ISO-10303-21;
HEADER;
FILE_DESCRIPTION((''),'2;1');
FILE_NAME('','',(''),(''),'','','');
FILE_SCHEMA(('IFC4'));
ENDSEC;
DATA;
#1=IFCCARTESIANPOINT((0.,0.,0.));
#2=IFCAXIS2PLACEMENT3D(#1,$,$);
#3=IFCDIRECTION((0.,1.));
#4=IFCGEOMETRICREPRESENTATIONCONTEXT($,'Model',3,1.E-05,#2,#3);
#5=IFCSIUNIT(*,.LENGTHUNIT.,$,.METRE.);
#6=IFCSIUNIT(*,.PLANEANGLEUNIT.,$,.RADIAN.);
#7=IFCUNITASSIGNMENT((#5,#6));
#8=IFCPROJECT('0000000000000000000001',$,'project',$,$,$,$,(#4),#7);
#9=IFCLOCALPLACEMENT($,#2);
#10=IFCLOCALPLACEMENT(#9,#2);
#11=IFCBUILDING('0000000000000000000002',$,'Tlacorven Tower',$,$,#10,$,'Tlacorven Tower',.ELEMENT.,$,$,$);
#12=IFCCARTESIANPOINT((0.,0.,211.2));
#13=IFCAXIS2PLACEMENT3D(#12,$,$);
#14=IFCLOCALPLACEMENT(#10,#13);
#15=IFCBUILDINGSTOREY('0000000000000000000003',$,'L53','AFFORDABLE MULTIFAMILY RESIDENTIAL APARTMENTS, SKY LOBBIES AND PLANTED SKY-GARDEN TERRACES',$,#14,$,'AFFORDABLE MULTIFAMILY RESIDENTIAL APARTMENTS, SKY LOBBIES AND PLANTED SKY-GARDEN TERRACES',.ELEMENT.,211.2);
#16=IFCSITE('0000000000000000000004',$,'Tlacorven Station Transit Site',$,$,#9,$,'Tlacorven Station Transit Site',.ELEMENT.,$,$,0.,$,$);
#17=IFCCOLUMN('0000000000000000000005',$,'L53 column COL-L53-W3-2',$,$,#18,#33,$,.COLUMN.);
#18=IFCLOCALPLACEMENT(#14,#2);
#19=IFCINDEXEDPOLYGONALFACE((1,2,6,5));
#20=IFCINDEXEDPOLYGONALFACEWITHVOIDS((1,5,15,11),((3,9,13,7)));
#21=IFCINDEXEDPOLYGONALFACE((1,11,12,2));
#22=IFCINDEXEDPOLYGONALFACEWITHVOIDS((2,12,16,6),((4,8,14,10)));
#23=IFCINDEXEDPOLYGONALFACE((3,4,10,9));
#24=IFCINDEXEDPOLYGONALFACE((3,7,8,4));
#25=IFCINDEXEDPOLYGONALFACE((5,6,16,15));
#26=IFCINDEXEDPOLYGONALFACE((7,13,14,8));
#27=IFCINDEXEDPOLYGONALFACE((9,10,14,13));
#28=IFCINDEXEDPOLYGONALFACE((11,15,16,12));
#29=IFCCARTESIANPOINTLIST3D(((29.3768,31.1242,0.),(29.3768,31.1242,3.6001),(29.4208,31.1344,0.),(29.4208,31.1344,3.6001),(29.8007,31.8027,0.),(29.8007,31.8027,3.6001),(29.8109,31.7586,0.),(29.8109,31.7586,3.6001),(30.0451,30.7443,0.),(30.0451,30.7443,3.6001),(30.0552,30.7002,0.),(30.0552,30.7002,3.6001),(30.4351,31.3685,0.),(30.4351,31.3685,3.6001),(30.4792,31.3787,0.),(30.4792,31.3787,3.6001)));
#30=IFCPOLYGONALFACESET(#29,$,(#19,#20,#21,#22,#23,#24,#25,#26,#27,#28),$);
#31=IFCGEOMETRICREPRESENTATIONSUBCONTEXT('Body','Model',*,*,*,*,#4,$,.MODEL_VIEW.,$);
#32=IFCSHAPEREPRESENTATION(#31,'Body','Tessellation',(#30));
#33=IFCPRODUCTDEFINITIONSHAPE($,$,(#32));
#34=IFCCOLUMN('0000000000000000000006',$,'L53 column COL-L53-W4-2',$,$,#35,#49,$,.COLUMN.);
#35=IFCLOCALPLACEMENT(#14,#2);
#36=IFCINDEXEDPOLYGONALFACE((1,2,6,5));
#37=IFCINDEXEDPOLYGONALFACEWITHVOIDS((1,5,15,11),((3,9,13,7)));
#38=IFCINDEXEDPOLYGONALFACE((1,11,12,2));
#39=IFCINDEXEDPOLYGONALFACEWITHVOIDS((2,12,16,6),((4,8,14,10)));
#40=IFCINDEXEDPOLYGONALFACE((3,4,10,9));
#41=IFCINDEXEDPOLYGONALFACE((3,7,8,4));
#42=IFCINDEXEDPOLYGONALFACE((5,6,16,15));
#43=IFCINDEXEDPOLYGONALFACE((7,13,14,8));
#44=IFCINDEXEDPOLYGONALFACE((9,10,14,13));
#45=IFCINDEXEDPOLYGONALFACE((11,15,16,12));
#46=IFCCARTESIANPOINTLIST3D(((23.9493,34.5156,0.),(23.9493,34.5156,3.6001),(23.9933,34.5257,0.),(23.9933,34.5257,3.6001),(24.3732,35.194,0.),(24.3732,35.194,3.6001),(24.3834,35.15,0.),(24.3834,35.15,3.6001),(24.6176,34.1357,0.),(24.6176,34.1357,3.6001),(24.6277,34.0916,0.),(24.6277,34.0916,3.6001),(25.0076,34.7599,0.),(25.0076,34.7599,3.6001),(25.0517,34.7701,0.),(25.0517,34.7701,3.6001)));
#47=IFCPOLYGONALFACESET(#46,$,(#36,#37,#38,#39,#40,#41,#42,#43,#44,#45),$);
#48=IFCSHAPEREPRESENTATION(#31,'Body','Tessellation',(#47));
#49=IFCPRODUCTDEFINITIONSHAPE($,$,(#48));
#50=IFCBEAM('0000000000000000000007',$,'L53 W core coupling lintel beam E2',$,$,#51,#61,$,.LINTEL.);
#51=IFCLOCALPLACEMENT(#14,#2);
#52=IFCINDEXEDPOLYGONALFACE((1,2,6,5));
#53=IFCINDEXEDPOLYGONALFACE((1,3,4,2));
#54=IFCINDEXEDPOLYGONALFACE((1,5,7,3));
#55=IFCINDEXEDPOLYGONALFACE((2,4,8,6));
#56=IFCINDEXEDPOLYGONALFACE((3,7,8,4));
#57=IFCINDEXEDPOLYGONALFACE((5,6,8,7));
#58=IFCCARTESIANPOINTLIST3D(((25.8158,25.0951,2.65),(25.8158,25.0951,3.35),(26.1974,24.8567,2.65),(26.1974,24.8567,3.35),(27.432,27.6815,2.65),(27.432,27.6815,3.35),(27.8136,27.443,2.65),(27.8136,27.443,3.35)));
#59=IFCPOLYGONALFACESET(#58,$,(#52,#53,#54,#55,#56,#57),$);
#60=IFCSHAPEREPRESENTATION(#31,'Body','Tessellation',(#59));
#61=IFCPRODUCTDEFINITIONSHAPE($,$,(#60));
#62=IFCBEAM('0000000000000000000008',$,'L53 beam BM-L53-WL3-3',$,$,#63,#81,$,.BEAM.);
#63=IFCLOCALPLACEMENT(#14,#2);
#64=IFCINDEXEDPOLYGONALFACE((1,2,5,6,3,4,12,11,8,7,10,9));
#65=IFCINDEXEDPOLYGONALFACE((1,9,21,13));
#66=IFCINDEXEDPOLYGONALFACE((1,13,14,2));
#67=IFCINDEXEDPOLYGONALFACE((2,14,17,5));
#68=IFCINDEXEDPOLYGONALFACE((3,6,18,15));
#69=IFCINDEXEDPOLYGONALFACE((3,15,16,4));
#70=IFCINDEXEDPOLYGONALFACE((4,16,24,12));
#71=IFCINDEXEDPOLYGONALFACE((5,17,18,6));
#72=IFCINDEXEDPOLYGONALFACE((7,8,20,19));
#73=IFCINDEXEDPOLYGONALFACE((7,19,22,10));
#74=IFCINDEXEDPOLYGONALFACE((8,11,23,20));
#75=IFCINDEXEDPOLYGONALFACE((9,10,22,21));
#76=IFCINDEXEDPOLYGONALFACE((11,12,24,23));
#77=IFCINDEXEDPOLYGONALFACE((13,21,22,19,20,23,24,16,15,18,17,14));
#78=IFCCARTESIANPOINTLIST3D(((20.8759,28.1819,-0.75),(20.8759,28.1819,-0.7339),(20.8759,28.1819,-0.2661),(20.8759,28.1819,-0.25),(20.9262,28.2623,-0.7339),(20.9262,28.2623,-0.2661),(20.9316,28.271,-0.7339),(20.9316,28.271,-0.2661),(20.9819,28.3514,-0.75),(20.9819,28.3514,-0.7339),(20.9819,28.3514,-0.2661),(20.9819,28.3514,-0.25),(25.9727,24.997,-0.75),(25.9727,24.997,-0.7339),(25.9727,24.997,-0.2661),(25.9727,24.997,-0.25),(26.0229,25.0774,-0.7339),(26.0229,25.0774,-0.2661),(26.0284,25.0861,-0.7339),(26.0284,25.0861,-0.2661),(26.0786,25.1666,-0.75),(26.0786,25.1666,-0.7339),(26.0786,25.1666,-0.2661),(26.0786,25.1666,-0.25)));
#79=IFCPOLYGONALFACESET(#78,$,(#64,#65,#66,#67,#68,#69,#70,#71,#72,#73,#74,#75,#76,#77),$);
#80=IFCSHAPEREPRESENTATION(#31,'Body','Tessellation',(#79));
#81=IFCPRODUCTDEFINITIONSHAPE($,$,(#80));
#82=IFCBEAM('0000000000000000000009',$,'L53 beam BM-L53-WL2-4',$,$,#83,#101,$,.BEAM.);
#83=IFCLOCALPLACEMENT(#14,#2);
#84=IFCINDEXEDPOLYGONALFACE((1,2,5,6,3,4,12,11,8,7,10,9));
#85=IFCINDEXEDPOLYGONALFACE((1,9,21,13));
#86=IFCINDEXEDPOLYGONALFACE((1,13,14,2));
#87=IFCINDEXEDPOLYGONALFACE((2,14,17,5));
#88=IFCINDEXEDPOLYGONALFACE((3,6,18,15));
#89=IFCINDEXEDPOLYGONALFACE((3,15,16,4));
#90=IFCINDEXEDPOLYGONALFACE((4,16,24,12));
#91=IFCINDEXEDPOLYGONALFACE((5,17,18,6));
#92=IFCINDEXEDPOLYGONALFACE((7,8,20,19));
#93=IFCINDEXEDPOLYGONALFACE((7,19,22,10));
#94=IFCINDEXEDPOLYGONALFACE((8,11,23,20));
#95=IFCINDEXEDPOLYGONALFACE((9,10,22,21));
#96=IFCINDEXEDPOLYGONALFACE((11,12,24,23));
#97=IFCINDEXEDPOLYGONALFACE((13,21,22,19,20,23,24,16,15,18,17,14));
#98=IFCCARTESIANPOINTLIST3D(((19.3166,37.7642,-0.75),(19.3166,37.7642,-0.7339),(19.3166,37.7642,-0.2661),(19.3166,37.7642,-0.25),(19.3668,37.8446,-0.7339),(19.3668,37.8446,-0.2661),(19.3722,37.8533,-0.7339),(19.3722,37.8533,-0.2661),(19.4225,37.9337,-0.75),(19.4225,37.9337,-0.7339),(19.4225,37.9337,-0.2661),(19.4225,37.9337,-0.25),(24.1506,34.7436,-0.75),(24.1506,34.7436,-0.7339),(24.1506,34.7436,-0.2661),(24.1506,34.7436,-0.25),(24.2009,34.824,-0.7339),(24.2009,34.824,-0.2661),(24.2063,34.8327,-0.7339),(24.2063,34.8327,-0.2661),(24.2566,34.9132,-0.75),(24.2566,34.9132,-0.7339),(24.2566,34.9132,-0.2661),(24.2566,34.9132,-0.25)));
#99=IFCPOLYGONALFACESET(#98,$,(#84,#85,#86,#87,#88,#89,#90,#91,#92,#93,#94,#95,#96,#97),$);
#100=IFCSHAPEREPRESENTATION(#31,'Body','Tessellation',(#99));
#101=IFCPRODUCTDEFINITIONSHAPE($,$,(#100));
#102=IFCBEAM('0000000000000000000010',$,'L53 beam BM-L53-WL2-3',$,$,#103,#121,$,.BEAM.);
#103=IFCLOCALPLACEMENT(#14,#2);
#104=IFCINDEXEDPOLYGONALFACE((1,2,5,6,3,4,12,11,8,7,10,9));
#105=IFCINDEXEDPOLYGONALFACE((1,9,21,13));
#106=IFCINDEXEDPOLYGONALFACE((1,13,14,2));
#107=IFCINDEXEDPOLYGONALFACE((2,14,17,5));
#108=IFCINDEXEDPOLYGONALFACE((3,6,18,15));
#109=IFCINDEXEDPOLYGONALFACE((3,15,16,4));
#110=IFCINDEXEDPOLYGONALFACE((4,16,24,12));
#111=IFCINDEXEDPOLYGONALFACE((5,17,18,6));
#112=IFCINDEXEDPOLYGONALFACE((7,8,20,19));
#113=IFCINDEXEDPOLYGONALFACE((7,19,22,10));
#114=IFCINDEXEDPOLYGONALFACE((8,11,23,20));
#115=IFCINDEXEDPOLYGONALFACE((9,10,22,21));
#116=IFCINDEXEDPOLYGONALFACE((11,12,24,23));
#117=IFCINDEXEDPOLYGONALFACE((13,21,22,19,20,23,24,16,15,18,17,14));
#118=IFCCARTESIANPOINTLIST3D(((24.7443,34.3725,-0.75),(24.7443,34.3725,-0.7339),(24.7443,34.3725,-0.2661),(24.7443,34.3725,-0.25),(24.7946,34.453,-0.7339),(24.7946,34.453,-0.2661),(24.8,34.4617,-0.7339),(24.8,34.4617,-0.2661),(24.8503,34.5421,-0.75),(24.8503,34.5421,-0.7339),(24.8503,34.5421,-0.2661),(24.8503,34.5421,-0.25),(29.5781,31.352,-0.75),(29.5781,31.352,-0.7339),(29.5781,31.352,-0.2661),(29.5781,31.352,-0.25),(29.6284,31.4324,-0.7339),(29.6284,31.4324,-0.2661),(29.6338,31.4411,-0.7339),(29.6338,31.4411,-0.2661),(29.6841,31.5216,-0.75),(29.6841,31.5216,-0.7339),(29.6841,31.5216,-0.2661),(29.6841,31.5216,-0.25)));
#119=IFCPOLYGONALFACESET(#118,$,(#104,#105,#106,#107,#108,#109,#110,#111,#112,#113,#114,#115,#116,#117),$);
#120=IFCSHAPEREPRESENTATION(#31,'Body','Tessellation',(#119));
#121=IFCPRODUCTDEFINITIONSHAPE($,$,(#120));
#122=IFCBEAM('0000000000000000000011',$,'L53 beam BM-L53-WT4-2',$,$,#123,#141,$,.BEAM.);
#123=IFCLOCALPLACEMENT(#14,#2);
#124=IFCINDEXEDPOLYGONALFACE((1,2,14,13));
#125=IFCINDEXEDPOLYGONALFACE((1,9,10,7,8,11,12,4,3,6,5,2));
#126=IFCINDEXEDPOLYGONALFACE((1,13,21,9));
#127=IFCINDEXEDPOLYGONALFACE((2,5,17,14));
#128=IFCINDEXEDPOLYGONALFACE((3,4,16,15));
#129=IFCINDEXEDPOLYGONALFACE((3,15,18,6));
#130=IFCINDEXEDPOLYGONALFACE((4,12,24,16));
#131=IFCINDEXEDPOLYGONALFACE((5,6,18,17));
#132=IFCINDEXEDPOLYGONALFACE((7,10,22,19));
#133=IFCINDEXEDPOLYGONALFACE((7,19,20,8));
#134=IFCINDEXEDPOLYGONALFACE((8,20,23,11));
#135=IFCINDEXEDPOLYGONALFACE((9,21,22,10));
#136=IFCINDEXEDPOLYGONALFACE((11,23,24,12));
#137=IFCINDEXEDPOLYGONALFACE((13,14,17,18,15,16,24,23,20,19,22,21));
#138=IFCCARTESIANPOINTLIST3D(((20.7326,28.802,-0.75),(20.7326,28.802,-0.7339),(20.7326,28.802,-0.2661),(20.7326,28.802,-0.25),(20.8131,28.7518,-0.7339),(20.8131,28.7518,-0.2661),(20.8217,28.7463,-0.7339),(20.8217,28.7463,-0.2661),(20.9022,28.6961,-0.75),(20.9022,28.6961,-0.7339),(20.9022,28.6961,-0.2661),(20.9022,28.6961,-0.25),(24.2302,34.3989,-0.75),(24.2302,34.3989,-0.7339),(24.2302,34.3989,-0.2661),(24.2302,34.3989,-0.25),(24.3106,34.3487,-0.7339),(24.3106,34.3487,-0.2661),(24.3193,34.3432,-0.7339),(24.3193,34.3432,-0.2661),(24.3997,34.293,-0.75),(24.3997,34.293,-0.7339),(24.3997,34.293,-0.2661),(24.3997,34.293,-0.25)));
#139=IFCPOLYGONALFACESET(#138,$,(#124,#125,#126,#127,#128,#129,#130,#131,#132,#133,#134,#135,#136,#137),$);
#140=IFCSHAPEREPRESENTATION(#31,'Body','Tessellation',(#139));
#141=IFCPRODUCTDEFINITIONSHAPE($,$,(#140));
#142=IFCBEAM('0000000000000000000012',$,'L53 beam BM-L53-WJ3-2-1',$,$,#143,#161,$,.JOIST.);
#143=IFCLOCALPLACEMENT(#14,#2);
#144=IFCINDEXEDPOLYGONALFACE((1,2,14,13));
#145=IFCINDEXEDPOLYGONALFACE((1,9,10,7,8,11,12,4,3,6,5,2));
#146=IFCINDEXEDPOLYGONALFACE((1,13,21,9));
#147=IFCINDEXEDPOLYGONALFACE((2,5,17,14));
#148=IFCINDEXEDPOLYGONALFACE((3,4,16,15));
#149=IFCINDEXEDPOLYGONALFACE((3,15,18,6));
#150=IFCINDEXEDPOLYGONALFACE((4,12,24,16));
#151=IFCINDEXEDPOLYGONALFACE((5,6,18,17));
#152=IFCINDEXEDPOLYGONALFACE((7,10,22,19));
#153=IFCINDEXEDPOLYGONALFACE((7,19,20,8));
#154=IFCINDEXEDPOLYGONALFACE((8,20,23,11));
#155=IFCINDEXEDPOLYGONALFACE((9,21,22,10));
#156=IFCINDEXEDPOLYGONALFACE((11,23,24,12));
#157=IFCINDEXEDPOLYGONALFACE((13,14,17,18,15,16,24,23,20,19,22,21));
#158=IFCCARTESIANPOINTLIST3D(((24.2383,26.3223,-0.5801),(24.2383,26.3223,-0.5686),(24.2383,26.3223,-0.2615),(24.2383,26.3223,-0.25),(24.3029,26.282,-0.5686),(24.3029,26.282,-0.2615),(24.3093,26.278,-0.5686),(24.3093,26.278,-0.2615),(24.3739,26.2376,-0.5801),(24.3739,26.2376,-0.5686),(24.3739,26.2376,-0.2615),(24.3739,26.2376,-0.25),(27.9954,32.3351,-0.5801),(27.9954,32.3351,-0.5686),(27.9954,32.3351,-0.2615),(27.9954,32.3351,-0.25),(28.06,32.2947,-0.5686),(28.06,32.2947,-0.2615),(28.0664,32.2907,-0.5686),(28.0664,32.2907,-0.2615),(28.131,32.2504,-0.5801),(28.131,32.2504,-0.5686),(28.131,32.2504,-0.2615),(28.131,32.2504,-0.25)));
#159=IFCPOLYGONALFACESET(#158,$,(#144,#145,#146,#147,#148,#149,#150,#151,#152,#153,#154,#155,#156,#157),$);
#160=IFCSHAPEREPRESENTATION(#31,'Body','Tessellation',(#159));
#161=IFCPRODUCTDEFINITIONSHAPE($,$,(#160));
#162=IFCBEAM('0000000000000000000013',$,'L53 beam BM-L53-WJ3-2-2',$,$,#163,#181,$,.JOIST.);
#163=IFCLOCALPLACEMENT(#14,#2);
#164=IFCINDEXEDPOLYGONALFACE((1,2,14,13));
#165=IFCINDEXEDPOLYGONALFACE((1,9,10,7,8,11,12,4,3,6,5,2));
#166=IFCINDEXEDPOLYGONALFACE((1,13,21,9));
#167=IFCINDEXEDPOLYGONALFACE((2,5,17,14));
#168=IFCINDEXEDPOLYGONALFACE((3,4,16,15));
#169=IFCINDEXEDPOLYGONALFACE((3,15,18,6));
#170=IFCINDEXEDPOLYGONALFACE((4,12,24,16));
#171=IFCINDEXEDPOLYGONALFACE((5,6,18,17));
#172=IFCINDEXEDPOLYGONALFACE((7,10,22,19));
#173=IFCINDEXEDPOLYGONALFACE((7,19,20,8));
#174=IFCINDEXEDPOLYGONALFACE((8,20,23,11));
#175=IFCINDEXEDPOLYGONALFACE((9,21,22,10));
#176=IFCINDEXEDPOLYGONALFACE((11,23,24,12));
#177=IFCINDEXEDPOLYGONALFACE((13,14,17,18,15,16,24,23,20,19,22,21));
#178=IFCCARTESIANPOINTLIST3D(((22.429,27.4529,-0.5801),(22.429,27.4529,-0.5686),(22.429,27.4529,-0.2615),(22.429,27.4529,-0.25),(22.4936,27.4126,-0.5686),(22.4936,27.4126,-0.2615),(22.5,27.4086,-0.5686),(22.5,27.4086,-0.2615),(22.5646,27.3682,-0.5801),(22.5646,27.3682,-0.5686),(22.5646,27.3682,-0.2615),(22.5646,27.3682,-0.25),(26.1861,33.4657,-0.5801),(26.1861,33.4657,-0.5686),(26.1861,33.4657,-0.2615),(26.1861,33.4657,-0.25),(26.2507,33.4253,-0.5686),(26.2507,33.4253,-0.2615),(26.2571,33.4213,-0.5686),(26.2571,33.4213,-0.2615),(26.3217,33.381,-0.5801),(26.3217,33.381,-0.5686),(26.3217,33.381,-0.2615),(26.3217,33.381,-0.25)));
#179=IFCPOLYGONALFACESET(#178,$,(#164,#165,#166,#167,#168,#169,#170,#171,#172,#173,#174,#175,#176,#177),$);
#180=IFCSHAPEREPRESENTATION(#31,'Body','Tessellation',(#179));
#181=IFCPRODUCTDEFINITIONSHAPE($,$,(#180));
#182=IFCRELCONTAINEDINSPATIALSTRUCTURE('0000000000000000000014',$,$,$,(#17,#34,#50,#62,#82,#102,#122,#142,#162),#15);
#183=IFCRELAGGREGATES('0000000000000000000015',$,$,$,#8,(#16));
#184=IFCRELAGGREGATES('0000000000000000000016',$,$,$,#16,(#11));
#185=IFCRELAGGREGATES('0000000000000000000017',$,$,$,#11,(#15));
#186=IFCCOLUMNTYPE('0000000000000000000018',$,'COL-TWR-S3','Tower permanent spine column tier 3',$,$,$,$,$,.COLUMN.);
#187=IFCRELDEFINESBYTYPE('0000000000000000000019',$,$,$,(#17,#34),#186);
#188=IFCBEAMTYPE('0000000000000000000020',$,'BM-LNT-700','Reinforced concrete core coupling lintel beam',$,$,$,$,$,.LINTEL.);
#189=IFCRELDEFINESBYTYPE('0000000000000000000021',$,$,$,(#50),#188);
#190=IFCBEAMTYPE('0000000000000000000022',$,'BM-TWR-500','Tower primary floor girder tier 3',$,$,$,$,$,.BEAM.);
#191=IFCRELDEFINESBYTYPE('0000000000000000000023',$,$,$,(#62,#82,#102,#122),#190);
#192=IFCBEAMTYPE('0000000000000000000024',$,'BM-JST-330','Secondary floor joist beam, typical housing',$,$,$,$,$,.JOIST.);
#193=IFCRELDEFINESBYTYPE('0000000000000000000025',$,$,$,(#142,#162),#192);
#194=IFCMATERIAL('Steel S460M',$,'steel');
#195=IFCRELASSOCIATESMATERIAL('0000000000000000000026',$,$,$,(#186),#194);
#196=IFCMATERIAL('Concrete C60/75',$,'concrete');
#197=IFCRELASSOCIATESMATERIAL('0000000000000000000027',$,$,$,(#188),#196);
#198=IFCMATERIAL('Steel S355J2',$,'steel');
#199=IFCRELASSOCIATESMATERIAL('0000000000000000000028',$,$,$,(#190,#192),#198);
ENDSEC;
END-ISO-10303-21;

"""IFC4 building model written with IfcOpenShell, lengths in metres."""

from ifc_helpers import new_model, si_unit, direction, frame, origin, origin_2d, place, context, subcontext, project, spatial, rectangle, hollow_rectangle, i_section, extrude, source, transform, mapped, material, material_profile, profile_set, type_object, element, save


model = new_model("IFC4")

# Units and contexts
model_context = context("Model", 3, precision=1e-05, world=origin(), true_north=direction((0.0, 1.0)))
body_context = subcontext(model_context, "Body", "Model", "MODEL_VIEW")
ifc_project = project(units=[si_unit("LENGTHUNIT", "METRE"), si_unit("PLANEANGLEUNIT", "RADIAN")], contexts=[model_context])

# Site, building, storey
site_placement = place(None, origin())
site = spatial("IfcSite", under=ifc_project, at=site_placement, Name="Tlacorven Station Transit Site", LongName="Tlacorven Station Transit Site", CompositionType="ELEMENT", RefElevation=0.0)
building_placement = place(site_placement, origin())
building = spatial("IfcBuilding", under=site, at=building_placement, Name="Tlacorven Tower", LongName="Tlacorven Tower", CompositionType="ELEMENT")
storey_placement = place(building_placement, frame((0.0, 0.0, 211.2)))
storey = spatial("IfcBuildingStorey", under=building, at=storey_placement, Name="L53", Description="AFFORDABLE MULTIFAMILY RESIDENTIAL APARTMENTS, SKY LOBBIES AND PLANTED SKY-GARDEN TERRACES", LongName="AFFORDABLE MULTIFAMILY RESIDENTIAL APARTMENTS, SKY LOBBIES AND PLANTED SKY-GARDEN TERRACES", CompositionType="ELEMENT", Elevation=211.2)

# Columns
ifc_material_1 = material(Name="Steel S460M", Category="steel")
ifc_material_profile_1 = material_profile(ifc_material_1, hollow_rectangle(XDim=0.8, YDim=0.8, WallThickness=0.032, at=origin_2d()), Name="BOX 800X800X32")
ifc_profile_set_1 = profile_set([ifc_material_profile_1], Name="Steel S460M")
column_type = type_object("IfcColumnType", Name="COL-TWR-S3", Description="Tower permanent spine column tier 3", PredefinedType="COLUMN", material=ifc_profile_set_1)
shared_shape_1 = source(origin(), body_context, "Body", "SweptSolid", [
    extrude(hollow_rectangle(XDim=0.8, YDim=0.8, WallThickness=0.032, at=origin_2d()), origin(), (0.0, 0.0, 1.0), 3.6001),
])
for number, where, z_axis, x_axis, name in (
    (1, (29.928, 31.2515, 0.0), (0.0, 0.0, 1.0), (-0.848048, 0.529919, 0.0), "L53 column COL-L53-W3-2"),
    (2, (24.5005, 34.6428, 0.0), (0.0, 0.0, 1.0), (-0.848048, 0.529919, 0.0), "L53 column COL-L53-W4-2"),
):
    element("IfcColumn", number, at=place(storey_placement, frame(where, z_axis=z_axis, x_axis=x_axis)), inside=storey, type_object=column_type, Name=name, PredefinedType="COLUMN", context=body_context, shape_type="MappedRepresentation", body=[
        mapped(shared_shape_1, transform((0.0, 0.0, 0.0), scale=1.0)),
    ])

# Beams
ifc_material_2 = material(Name="Concrete C60/75", Category="concrete")
ifc_material_profile_2 = material_profile(ifc_material_2, rectangle(XDim=0.45, YDim=0.7, at=origin_2d()), Name="RC 450X700")
ifc_profile_set_2 = profile_set([ifc_material_profile_2], Name="Concrete C60/75")
beam_type_1 = type_object("IfcBeamType", Name="BM-LNT-700", Description="Reinforced concrete core coupling lintel beam", PredefinedType="LINTEL", material=ifc_profile_set_2)
shared_shape_2 = source(origin(), body_context, "Body", "SweptSolid", [
    extrude(rectangle(XDim=0.45, YDim=0.7, at=origin_2d()), origin(), (0.0, 0.0, 1.0), 3.0498),
])
beam_1_placement = place(storey_placement, frame((27.6228, 27.5623, 3.0), z_axis=(-0.529927, -0.848043, 0.0), x_axis=(0.848043, -0.529927, 0.0)))
element("IfcBeam", 3, at=beam_1_placement, inside=storey, type_object=beam_type_1, Name="L53 W core coupling lintel beam E2", PredefinedType="LINTEL", context=body_context, shape_type="MappedRepresentation", body=[
    mapped(shared_shape_2, transform((0.0, 0.0, 0.0), scale=1.0)),
])
ifc_material_3 = material(Name="Steel S355J2", Category="steel")
ifc_material_profile_3 = material_profile(ifc_material_3, i_section(OverallWidth=0.2, OverallDepth=0.5, WebThickness=0.0103, FlangeThickness=0.0161, at=origin_2d()), Name="IPE 500")
ifc_profile_set_3 = profile_set([ifc_material_profile_3], Name="Steel S355J2")
beam_type_2 = type_object("IfcBeamType", Name="BM-TWR-500", Description="Tower primary floor girder tier 3", PredefinedType="BEAM", material=ifc_profile_set_3)
shared_shape_3 = source(origin(), body_context, "Body", "SweptSolid", [
    extrude(i_section(OverallWidth=0.2, OverallDepth=0.5, WebThickness=0.0103, FlangeThickness=0.0161, at=origin_2d()), origin(), (0.0, 0.0, 1.0), 6.01),
])
beam_2_placement = place(storey_placement, frame((26.0256, 25.0818, -0.5), z_axis=(-0.848044, 0.529926, 0.0), x_axis=(-0.529926, -0.848044, 0.0)))
element("IfcBeam", 4, at=beam_2_placement, inside=storey, type_object=beam_type_2, Name="L53 beam BM-L53-WL3-3", PredefinedType="BEAM", context=body_context, shape_type="MappedRepresentation", body=[
    mapped(shared_shape_3, transform((0.0, 0.0, 0.0), scale=1.0)),
])
shared_shape_4 = source(origin(), body_context, "Body", "SweptSolid", [
    extrude(i_section(OverallWidth=0.2, OverallDepth=0.5, WebThickness=0.0103, FlangeThickness=0.0161, at=origin_2d()), origin(), (0.0, 0.0, 1.0), 5.7002),
])
beam_3_placement = place(storey_placement, frame((24.2036, 34.8284, -0.5), z_axis=(-0.848056, 0.529907, 0.0), x_axis=(-0.529907, -0.848056, 0.0)))
element("IfcBeam", 5, at=beam_3_placement, inside=storey, type_object=beam_type_2, Name="L53 beam BM-L53-WL2-4", PredefinedType="BEAM", context=body_context, shape_type="MappedRepresentation", body=[
    mapped(shared_shape_4, transform((0.0, 0.0, 0.0), scale=1.0)),
])
shared_shape_5 = source(origin(), body_context, "Body", "SweptSolid", [
    extrude(i_section(OverallWidth=0.2, OverallDepth=0.5, WebThickness=0.0103, FlangeThickness=0.0161, at=origin_2d()), origin(), (0.0, 0.0, 1.0), 5.7),
])
beam_4_placement = place(storey_placement, frame((29.6311, 31.4368, -0.5), z_axis=(-0.848044, 0.529926, 0.0), x_axis=(-0.529926, -0.848044, 0.0)))
element("IfcBeam", 6, at=beam_4_placement, inside=storey, type_object=beam_type_2, Name="L53 beam BM-L53-WL2-3", PredefinedType="BEAM", context=body_context, shape_type="MappedRepresentation", body=[
    mapped(shared_shape_5, transform((0.0, 0.0, 0.0), scale=1.0)),
])
shared_shape_6 = source(origin(), body_context, "Body", "SweptSolid", [
    extrude(i_section(OverallWidth=0.2, OverallDepth=0.5, WebThickness=0.0103, FlangeThickness=0.0161, at=origin_2d()), origin(), (0.0, 0.0, 1.0), 6.5999),
])
beam_5_placement = place(storey_placement, frame((24.3149, 34.3459, -0.5), z_axis=(-0.529942, -0.848034, 0.0), x_axis=(0.848034, -0.529942, 0.0)))
element("IfcBeam", 7, at=beam_5_placement, inside=storey, type_object=beam_type_2, Name="L53 beam BM-L53-WT4-2", PredefinedType="BEAM", context=body_context, shape_type="MappedRepresentation", body=[
    mapped(shared_shape_6, transform((0.0, 0.0, 0.0), scale=1.0)),
])
ifc_material_profile_4 = material_profile(ifc_material_3, i_section(OverallWidth=0.1599, OverallDepth=0.3301, WebThickness=0.0076, FlangeThickness=0.0115, at=origin_2d()), Name="IPE 330")
ifc_profile_set_4 = profile_set([ifc_material_profile_4], Name="Steel S355J2")
beam_type_3 = type_object("IfcBeamType", Name="BM-JST-330", Description="Secondary floor joist beam, typical housing", PredefinedType="JOIST", material=ifc_profile_set_4)
shared_shape_7 = source(origin(), body_context, "Body", "SweptSolid", [
    extrude(i_section(OverallWidth=0.1599, OverallDepth=0.3301, WebThickness=0.0076, FlangeThickness=0.0115, at=origin_2d()), origin(), (0.0, 0.0, 1.0), 7.0901),
])
for number, where, z_axis, x_axis, name in (
    (8, (28.0632, 32.2927, -0.415), (-0.529912, -0.848052, 0.0), (0.848052, -0.529912, 0.0), "L53 beam BM-L53-WJ3-2-1"),
    (9, (26.2539, 33.4233, -0.415), (-0.529912, -0.848052, 0.0), (0.848052, -0.529912, 0.0), "L53 beam BM-L53-WJ3-2-2"),
):
    element("IfcBeam", number, at=place(storey_placement, frame(where, z_axis=z_axis, x_axis=x_axis)), inside=storey, type_object=beam_type_3, Name=name, PredefinedType="JOIST", context=body_context, shape_type="MappedRepresentation", body=[
        mapped(shared_shape_7, transform((0.0, 0.0, 0.0), scale=1.0)),
    ])

save(model, "model.ifc")
